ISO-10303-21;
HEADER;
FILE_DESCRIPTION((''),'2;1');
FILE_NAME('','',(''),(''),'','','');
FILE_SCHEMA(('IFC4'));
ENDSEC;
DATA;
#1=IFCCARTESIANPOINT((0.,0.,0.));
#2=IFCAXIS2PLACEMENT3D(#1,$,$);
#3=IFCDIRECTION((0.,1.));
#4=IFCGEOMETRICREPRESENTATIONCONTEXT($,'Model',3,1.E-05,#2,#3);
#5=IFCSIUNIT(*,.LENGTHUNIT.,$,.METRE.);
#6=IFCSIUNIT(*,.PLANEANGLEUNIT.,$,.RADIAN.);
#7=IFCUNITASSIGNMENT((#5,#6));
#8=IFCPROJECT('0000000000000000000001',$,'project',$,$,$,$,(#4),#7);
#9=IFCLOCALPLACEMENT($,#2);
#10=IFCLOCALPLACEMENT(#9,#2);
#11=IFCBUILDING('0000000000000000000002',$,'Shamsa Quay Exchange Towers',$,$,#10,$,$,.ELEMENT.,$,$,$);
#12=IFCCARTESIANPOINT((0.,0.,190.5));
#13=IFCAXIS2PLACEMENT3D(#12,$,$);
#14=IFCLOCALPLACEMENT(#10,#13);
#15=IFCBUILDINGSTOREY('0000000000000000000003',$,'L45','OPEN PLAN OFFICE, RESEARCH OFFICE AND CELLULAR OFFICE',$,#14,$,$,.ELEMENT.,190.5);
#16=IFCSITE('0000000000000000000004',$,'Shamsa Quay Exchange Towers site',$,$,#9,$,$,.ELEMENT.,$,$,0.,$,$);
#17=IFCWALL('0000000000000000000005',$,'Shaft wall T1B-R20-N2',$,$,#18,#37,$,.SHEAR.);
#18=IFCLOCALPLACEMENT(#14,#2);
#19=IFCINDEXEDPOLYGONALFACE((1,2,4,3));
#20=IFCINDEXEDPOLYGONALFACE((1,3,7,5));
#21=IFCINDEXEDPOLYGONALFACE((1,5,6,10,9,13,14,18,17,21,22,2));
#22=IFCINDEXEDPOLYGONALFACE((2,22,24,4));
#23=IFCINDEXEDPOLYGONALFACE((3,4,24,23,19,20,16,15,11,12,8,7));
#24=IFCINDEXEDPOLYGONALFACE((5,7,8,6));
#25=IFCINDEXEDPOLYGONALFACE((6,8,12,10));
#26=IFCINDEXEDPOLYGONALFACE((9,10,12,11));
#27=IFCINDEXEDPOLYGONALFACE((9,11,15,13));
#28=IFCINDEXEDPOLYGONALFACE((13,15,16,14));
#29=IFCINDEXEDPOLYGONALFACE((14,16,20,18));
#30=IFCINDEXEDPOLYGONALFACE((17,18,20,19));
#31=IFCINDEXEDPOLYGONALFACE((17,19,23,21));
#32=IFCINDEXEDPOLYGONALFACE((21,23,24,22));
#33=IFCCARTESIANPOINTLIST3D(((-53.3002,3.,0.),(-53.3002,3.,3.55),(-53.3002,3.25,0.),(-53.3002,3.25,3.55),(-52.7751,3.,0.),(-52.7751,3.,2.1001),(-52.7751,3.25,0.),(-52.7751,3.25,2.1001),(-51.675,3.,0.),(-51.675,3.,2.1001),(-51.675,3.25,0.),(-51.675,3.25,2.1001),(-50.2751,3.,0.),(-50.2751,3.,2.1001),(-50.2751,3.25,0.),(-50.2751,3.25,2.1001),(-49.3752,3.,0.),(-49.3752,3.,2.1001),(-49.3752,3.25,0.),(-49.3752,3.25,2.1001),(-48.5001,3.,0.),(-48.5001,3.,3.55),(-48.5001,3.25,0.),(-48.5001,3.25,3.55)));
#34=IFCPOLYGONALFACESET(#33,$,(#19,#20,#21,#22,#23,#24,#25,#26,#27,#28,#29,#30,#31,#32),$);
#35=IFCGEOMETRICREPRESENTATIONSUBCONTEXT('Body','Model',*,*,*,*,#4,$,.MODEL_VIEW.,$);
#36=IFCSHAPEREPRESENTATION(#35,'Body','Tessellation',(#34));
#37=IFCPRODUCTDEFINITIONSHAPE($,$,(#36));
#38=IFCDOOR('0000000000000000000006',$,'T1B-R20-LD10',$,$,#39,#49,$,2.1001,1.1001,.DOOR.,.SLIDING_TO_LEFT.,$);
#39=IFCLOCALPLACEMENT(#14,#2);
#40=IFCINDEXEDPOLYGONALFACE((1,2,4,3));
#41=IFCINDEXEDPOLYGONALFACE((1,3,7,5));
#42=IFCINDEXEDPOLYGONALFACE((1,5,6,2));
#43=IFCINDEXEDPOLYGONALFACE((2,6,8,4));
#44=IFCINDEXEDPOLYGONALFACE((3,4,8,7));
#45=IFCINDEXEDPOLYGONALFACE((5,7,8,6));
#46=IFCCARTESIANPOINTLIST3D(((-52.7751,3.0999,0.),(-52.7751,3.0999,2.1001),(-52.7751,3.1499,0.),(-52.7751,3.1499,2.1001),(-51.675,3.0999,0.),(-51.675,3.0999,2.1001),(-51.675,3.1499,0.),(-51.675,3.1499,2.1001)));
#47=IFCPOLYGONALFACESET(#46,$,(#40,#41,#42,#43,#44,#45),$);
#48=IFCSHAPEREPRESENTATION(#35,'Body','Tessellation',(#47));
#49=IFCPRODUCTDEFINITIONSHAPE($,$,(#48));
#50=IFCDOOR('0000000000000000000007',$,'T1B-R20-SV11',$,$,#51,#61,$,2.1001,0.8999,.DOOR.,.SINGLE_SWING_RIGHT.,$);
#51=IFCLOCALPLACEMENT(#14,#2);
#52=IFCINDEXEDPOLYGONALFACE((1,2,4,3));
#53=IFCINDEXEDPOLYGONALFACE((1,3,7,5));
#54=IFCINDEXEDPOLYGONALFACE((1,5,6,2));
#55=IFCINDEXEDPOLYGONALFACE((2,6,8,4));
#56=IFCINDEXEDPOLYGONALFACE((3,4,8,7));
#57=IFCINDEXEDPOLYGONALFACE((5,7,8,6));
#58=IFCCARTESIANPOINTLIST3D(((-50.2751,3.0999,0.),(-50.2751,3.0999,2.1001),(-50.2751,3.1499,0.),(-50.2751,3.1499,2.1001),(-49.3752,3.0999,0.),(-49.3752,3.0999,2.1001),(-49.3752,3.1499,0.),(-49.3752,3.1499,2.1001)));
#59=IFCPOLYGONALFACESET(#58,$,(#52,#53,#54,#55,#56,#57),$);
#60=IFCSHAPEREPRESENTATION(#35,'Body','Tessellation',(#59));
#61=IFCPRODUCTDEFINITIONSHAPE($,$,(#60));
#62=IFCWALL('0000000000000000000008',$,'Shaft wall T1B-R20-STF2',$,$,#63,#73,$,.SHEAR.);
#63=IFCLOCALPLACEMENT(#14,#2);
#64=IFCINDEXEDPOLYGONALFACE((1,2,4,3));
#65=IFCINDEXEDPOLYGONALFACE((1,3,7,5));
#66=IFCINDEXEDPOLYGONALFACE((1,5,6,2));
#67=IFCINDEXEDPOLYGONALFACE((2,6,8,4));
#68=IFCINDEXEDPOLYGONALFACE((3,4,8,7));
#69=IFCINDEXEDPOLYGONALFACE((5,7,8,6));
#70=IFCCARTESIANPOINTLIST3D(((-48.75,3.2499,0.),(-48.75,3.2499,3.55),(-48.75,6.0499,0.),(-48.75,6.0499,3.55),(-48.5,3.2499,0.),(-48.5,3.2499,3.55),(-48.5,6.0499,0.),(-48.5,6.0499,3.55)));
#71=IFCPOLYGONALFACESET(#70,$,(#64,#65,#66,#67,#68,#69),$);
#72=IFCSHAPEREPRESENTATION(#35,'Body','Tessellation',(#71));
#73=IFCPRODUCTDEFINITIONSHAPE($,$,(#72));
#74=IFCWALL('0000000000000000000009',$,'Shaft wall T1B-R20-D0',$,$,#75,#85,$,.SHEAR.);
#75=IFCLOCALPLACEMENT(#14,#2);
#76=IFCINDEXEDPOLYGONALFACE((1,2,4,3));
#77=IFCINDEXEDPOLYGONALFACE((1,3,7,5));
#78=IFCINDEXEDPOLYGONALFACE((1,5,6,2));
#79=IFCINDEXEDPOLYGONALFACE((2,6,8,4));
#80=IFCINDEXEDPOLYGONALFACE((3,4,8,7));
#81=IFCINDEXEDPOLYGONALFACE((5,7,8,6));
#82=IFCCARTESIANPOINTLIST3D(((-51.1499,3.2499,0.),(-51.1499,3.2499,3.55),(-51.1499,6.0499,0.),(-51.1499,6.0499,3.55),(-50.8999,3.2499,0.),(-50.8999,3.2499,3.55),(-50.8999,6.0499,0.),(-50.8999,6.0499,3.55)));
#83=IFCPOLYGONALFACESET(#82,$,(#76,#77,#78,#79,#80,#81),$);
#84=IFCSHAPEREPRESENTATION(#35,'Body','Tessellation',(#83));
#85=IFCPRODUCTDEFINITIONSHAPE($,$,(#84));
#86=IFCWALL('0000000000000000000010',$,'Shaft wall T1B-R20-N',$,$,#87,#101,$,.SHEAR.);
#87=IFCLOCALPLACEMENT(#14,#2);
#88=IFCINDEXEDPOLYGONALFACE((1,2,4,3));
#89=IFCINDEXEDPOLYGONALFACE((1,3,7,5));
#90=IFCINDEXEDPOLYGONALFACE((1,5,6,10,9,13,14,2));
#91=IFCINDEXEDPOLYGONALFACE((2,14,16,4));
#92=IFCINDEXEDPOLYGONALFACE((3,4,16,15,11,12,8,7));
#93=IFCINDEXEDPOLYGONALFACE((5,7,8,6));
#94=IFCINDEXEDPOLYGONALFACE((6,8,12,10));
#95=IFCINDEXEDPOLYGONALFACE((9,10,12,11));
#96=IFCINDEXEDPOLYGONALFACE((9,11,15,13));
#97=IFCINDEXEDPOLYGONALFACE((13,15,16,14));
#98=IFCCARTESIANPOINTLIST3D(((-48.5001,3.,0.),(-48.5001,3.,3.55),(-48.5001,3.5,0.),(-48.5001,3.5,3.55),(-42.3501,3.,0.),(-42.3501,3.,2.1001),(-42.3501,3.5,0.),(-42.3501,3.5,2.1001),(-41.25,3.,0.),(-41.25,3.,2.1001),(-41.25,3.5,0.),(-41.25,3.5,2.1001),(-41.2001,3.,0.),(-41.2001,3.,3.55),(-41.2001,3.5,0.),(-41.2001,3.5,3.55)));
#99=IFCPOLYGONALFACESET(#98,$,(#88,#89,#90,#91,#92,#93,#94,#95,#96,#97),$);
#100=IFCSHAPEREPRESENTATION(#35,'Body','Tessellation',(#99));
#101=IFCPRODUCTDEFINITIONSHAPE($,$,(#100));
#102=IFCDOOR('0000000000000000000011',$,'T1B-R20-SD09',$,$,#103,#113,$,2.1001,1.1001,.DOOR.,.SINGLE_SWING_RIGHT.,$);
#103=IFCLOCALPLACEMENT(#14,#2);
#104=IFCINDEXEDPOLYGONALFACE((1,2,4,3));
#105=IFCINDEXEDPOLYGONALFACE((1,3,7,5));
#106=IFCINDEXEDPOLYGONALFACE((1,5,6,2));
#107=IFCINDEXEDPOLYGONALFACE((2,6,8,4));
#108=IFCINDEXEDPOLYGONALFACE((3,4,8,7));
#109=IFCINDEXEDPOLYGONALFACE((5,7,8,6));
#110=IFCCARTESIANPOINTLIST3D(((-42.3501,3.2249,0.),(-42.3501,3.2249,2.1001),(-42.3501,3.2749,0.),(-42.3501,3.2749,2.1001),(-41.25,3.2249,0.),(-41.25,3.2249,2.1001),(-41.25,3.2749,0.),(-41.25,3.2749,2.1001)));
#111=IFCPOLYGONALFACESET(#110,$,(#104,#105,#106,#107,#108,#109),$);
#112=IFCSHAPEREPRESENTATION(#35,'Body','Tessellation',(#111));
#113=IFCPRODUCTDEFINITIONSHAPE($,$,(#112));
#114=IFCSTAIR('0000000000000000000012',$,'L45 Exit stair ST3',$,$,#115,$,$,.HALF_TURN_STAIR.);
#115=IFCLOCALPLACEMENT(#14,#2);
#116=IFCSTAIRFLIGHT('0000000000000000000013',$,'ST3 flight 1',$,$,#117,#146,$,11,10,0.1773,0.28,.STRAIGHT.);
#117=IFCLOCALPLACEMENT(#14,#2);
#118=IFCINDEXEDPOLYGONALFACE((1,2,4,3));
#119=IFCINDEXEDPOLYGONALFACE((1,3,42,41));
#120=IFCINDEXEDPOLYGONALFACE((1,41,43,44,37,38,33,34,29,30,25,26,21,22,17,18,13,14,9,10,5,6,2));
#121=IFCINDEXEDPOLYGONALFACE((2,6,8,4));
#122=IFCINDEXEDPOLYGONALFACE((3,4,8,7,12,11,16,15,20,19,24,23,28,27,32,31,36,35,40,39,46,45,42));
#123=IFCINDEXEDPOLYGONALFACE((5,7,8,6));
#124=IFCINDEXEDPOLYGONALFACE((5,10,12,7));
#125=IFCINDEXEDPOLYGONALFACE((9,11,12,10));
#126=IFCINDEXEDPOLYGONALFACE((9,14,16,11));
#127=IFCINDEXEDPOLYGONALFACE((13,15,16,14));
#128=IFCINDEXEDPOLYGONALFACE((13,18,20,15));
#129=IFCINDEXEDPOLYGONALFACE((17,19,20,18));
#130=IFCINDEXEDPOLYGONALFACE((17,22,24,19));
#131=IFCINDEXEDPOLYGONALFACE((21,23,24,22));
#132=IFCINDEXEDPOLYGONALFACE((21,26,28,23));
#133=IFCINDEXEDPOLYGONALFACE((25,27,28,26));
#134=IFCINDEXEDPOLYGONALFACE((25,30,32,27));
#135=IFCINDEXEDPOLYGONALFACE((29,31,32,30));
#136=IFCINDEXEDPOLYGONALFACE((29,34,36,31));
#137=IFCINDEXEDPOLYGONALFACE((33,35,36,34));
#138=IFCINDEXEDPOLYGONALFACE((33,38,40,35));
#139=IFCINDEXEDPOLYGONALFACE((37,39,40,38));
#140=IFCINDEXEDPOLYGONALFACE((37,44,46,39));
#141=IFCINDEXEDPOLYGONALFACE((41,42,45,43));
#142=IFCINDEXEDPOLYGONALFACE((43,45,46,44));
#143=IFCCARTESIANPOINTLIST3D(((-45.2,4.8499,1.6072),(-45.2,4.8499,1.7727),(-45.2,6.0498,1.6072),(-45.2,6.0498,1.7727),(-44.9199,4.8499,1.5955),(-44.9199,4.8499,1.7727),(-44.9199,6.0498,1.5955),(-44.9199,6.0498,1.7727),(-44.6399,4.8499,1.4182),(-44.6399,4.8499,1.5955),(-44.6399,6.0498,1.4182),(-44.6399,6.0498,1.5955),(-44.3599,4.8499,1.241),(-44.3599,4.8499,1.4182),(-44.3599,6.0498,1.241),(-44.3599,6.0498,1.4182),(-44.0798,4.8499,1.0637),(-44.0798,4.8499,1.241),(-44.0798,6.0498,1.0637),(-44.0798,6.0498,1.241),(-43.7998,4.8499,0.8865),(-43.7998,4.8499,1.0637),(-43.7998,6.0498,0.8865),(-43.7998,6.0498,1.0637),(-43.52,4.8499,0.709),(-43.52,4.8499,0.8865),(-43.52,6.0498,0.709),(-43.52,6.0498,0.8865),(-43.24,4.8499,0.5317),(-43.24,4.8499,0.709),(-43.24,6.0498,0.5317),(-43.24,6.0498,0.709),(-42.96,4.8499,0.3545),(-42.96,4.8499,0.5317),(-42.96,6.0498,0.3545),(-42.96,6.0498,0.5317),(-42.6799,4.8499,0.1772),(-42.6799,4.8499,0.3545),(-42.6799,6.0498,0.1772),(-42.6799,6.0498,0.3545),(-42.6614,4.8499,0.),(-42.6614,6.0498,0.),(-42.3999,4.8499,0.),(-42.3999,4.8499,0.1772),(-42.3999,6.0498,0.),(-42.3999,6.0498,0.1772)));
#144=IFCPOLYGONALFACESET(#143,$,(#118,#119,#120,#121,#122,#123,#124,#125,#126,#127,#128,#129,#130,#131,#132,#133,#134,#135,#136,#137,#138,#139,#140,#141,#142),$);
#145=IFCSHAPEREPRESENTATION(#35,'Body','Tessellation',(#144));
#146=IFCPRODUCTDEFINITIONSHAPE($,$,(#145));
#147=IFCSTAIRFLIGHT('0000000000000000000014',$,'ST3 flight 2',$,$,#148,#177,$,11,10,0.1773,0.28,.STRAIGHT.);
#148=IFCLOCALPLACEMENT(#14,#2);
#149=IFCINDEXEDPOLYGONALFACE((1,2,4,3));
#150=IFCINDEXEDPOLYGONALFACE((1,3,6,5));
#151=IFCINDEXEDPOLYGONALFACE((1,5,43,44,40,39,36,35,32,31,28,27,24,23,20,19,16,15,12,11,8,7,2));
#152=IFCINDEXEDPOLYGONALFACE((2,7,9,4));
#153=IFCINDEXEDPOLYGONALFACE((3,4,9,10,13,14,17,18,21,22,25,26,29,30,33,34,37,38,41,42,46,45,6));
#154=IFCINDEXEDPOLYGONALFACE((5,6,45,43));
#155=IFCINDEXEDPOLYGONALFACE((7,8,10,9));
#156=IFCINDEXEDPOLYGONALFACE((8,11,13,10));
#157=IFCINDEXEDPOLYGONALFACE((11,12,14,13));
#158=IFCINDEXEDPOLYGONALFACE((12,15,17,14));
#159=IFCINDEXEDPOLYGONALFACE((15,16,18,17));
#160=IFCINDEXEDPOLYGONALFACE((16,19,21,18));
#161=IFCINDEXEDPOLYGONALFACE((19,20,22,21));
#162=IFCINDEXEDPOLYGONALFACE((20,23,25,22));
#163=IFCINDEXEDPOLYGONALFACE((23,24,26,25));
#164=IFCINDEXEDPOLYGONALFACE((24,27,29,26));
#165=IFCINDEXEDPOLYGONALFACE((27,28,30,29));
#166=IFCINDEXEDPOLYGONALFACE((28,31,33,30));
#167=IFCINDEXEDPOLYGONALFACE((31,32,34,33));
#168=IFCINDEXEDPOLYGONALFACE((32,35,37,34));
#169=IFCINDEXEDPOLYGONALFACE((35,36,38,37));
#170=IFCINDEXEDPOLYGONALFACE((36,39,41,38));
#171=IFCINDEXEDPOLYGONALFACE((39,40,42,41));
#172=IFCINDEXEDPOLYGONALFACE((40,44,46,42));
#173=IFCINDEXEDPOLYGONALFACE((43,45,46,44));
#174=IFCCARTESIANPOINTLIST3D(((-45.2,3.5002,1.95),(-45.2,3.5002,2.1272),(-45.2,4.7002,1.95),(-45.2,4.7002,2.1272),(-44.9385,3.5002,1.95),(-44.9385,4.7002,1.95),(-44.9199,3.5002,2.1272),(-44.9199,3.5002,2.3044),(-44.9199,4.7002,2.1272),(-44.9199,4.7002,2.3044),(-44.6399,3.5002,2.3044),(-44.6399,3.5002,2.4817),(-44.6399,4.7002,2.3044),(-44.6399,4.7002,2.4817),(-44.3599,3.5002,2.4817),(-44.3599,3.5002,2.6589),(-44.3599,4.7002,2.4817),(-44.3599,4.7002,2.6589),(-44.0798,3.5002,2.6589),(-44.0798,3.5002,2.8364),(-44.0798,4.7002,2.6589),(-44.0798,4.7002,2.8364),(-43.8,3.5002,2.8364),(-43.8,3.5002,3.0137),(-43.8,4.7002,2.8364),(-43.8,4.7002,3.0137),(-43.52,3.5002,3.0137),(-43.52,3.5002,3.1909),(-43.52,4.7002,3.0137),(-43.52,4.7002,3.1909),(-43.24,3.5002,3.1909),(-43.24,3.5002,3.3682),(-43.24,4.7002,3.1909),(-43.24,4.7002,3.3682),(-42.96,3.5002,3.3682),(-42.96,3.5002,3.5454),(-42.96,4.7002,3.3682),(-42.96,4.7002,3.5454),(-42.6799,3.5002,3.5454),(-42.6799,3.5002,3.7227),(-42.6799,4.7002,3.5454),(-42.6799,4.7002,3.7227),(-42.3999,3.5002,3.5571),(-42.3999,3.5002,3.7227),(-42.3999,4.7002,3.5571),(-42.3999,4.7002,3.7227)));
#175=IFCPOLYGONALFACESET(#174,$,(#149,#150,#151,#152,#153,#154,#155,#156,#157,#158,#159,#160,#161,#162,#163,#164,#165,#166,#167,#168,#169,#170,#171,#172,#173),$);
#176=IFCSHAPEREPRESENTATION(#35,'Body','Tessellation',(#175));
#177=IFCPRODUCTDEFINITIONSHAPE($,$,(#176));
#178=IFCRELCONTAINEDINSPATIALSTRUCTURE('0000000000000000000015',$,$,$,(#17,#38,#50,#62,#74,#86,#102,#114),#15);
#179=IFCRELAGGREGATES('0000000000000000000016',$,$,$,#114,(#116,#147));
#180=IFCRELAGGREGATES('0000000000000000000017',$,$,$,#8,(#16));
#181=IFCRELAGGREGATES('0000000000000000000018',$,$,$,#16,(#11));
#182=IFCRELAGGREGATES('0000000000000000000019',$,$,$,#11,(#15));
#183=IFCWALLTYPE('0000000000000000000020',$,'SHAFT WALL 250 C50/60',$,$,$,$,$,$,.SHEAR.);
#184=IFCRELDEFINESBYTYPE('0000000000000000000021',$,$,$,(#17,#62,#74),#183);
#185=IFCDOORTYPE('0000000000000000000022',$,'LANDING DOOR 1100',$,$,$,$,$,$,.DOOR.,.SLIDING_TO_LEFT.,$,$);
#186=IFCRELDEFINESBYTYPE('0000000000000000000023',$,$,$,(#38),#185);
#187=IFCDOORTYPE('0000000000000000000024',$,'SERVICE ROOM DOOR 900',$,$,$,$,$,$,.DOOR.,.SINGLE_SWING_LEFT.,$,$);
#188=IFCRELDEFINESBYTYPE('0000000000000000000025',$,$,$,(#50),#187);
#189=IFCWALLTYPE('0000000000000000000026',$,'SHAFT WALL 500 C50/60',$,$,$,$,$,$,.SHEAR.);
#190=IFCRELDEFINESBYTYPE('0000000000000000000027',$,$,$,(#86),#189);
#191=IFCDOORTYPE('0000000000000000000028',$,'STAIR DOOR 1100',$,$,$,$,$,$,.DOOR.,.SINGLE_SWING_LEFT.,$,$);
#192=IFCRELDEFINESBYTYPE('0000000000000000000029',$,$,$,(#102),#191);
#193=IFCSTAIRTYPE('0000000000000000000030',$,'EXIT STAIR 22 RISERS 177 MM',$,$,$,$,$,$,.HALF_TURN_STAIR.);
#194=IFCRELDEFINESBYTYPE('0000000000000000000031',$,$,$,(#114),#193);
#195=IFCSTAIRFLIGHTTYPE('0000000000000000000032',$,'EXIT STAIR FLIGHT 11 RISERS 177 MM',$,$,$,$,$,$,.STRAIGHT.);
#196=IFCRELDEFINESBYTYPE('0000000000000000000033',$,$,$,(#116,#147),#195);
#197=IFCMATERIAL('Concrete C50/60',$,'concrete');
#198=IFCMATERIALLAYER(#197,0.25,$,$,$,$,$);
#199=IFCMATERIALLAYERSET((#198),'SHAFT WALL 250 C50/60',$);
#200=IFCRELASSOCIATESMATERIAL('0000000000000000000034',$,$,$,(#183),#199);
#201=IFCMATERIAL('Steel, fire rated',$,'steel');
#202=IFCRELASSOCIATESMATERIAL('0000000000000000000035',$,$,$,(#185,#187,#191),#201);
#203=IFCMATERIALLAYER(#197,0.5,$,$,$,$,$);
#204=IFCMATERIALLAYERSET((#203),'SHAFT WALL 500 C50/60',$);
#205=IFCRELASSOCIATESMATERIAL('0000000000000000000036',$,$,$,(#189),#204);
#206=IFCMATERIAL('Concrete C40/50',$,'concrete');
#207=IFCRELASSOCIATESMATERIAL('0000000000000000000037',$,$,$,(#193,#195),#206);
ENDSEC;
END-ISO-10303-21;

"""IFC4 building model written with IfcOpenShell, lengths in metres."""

from ifc_helpers import new_model, si_unit, direction, frame, frame_2d, origin, place, context, subcontext, project, spatial, polyline, rectangle, outline, extrude, material, layer, layer_set, type_object, element, fill, aggregate, save


model = new_model("IFC4")

# Units and contexts
model_context = context("Model", 3, precision=1e-05, world=origin(), true_north=direction((0.0, 1.0)))
body_context = subcontext(model_context, "Body", "Model", "MODEL_VIEW")
ifc_project = project(units=[si_unit("LENGTHUNIT", "METRE"), si_unit("PLANEANGLEUNIT", "RADIAN")], contexts=[model_context])

# Site, building, storey
site_placement = place(None, origin())
site = spatial("IfcSite", under=ifc_project, at=site_placement, Name="Shamsa Quay Exchange Towers site", CompositionType="ELEMENT", RefElevation=0.0)
building_placement = place(site_placement, origin())
building = spatial("IfcBuilding", under=site, at=building_placement, Name="Shamsa Quay Exchange Towers", CompositionType="ELEMENT")
storey_placement = place(building_placement, frame((0.0, 0.0, 190.5)))
storey = spatial("IfcBuildingStorey", under=building, at=storey_placement, Name="L45", Description="OPEN PLAN OFFICE, RESEARCH OFFICE AND CELLULAR OFFICE", CompositionType="ELEMENT", Elevation=190.5)

# Wall, openings, doors
ifc_material_1 = material(Name="Concrete C50/60", Category="concrete")
ifc_layer_1 = layer(ifc_material_1, 0.25)
ifc_layer_set_1 = layer_set([ifc_layer_1], Name="SHAFT WALL 250 C50/60")
wall_type_1 = type_object("IfcWallType", Name="SHAFT WALL 250 C50/60", PredefinedType="SHEAR", material=ifc_layer_set_1)
wall_1_placement = place(storey_placement, frame((-53.3, 3.125, 0.0)))
wall_1 = element("IfcWall", 1, at=wall_1_placement, inside=storey, type_object=wall_type_1, Name="Shaft wall T1B-R20-N2", PredefinedType="SHEAR", context=body_context, shape_type="SweptSolid", body=[
    extrude(rectangle(XDim=4.8, YDim=0.25, at=frame_2d((2.3999, 0.0))), origin(), (0.0, 0.0, 1.0), 3.55),
])
opening_1_placement = place(wall_1_placement, frame((0.5249, 0.0, 0.0)))
opening_1 = element("IfcOpeningElement", 2, at=opening_1_placement, cuts=wall_1, PredefinedType="OPENING", context=body_context, shape_type="SweptSolid", body=[
    extrude(rectangle(XDim=1.1001, YDim=2.1001, at=frame_2d((0.55, 1.05))), frame((0.0, 0.135, 0.0), z_axis=(0.0, -1.0, 0.0), x_axis=(1.0, 0.0, 0.0)), (0.0, 0.0, 1.0), 0.27),
])
opening_2_placement = place(wall_1_placement, frame((3.0249, 0.0, 0.0)))
opening_2 = element("IfcOpeningElement", 3, at=opening_2_placement, cuts=wall_1, PredefinedType="OPENING", context=body_context, shape_type="SweptSolid", body=[
    extrude(rectangle(XDim=0.8999, YDim=2.1001, at=frame_2d((0.45, 1.05))), frame((0.0, 0.135, 0.0), z_axis=(0.0, -1.0, 0.0), x_axis=(1.0, 0.0, 0.0)), (0.0, 0.0, 1.0), 0.27),
])
ifc_material_2 = material(Name="Steel, fire rated", Category="steel")
door_type_1 = type_object("IfcDoorType", Name="LANDING DOOR 1100", OperationType="SLIDING_TO_LEFT", PredefinedType="DOOR", material=ifc_material_2)
door_1_placement = place(opening_1_placement, origin())
door_1 = element("IfcDoor", 4, at=door_1_placement, inside=storey, type_object=door_type_1, Name="T1B-R20-LD10", OperationType="SLIDING_TO_LEFT", OverallHeight=2.1001, OverallWidth=1.1001, PredefinedType="DOOR", context=body_context, shape_type="SweptSolid", body=[
    extrude(rectangle(XDim=1.1001, YDim=2.1001, at=frame_2d((0.55, 1.05))), frame((0.0, 0.0249, 0.0), z_axis=(0.0, -1.0, 0.0), x_axis=(1.0, 0.0, 0.0)), (0.0, 0.0, 1.0), 0.05),
])
fill(opening_1, door_1)
door_type_2 = type_object("IfcDoorType", Name="SERVICE ROOM DOOR 900", OperationType="SINGLE_SWING_LEFT", PredefinedType="DOOR", material=ifc_material_2)
door_2_placement = place(opening_2_placement, origin())
door_2 = element("IfcDoor", 5, at=door_2_placement, inside=storey, type_object=door_type_2, Name="T1B-R20-SV11", OperationType="SINGLE_SWING_RIGHT", OverallHeight=2.1001, OverallWidth=0.8999, PredefinedType="DOOR", context=body_context, shape_type="SweptSolid", body=[
    extrude(rectangle(XDim=0.8999, YDim=2.1001, at=frame_2d((0.45, 1.05))), frame((0.0, 0.0249, 0.0), z_axis=(0.0, -1.0, 0.0), x_axis=(1.0, 0.0, 0.0)), (0.0, 0.0, 1.0), 0.05),
])
fill(opening_2, door_2)

# Walls
for number, where, z_axis, x_axis, name in (
    (6, (-48.625, 3.25, 0.0), (0.0, 0.0, 1.0), (0.0, 1.0, 0.0), "Shaft wall T1B-R20-STF2"),
    (7, (-51.0249, 3.25, 0.0), (0.0, 0.0, 1.0), (0.0, 1.0, 0.0), "Shaft wall T1B-R20-D0"),
):
    element("IfcWall", number, at=place(storey_placement, frame(where, z_axis=z_axis, x_axis=x_axis)), inside=storey, type_object=wall_type_1, Name=name, PredefinedType="SHEAR", context=body_context, shape_type="SweptSolid", body=[
        extrude(rectangle(XDim=2.8, YDim=0.25, at=frame_2d((1.3999, 0.0))), origin(), (0.0, 0.0, 1.0), 3.55),
    ])

# Wall, opening, door
ifc_layer_2 = layer(ifc_material_1, 0.5)
ifc_layer_set_2 = layer_set([ifc_layer_2], Name="SHAFT WALL 500 C50/60")
wall_type_2 = type_object("IfcWallType", Name="SHAFT WALL 500 C50/60", PredefinedType="SHEAR", material=ifc_layer_set_2)
wall_2_placement = place(storey_placement, frame((-48.5, 3.25, 0.0)))
wall_2 = element("IfcWall", 8, at=wall_2_placement, inside=storey, type_object=wall_type_2, Name="Shaft wall T1B-R20-N", PredefinedType="SHEAR", context=body_context, shape_type="SweptSolid", body=[
    extrude(rectangle(XDim=7.3, YDim=0.5, at=frame_2d((3.6499, 0.0))), origin(), (0.0, 0.0, 1.0), 3.55),
])
opening_3_placement = place(wall_2_placement, frame((6.1499, 0.0, 0.0)))
opening_3 = element("IfcOpeningElement", 9, at=opening_3_placement, cuts=wall_2, PredefinedType="OPENING", context=body_context, shape_type="SweptSolid", body=[
    extrude(rectangle(XDim=1.1001, YDim=2.1001, at=frame_2d((0.55, 1.05))), frame((0.0, 0.26, 0.0), z_axis=(0.0, -1.0, 0.0), x_axis=(1.0, 0.0, 0.0)), (0.0, 0.0, 1.0), 0.52),
])
door_type_3 = type_object("IfcDoorType", Name="STAIR DOOR 1100", OperationType="SINGLE_SWING_LEFT", PredefinedType="DOOR", material=ifc_material_2)
door_3_placement = place(opening_3_placement, origin())
door_3 = element("IfcDoor", 10, at=door_3_placement, inside=storey, type_object=door_type_3, Name="T1B-R20-SD09", OperationType="SINGLE_SWING_RIGHT", OverallHeight=2.1001, OverallWidth=1.1001, PredefinedType="DOOR", context=body_context, shape_type="SweptSolid", body=[
    extrude(rectangle(XDim=1.1001, YDim=2.1001, at=frame_2d((0.55, 1.05))), frame((0.0, 0.0249, 0.0), z_axis=(0.0, -1.0, 0.0), x_axis=(1.0, 0.0, 0.0)), (0.0, 0.0, 1.0), 0.05),
])
fill(opening_3, door_3)

# Stair, stair flights
ifc_material_3 = material(Name="Concrete C40/50", Category="concrete")
stair_type = type_object("IfcStairType", Name="EXIT STAIR 22 RISERS 177 MM", PredefinedType="HALF_TURN_STAIR", material=ifc_material_3)
stair_placement = place(storey_placement, origin())
stair = element("IfcStair", 11, at=stair_placement, inside=storey, type_object=stair_type, Name="L45 Exit stair ST3", PredefinedType="HALF_TURN_STAIR")
stair_flight_type = type_object("IfcStairFlightType", Name="EXIT STAIR FLIGHT 11 RISERS 177 MM", PredefinedType="STRAIGHT", material=ifc_material_3)
stair_flight_1_placement = place(storey_placement, frame((-42.3999, 5.45, 0.0), z_axis=(0.0, 0.0, 1.0), x_axis=(-1.0, 0.0, 0.0)))
stair_flight_1 = element("IfcStairFlight", 12, at=stair_flight_1_placement, type_object=stair_flight_type, Name="ST3 flight 1", NumberOfRisers=11, NumberOfTreads=10, PredefinedType="STRAIGHT", RiserHeight=0.1773, TreadLength=0.28, context=body_context, shape_type="SweptSolid", body=[
    extrude(outline(polyline([(0.0, 0.0), (0.0, 0.1772), (0.28, 0.1772), (0.28, 0.3545), (0.5601, 0.3545), (0.5601, 0.5317), (0.8401, 0.5317), (0.8401, 0.709), (1.1201, 0.709), (1.1201, 0.8865), (1.3999, 0.8865), (1.3999, 1.0637), (1.6799, 1.0637), (1.6799, 1.241), (1.96, 1.241), (1.96, 1.4182), (2.24, 1.4182), (2.24, 1.5955), (2.52, 1.5955), (2.52, 1.7727), (2.8, 1.7727), (2.8, 1.95), (2.8, 1.6072), (0.2615, 0.0), (0.0, 0.0)])), frame((0.0, 0.6001, 0.0), z_axis=(0.0, -1.0, 0.0), x_axis=(1.0, 0.0, 0.0)), (0.0, 0.0, 1.0), 1.2),
])
stair_flight_2_placement = place(storey_placement, frame((-45.2, 4.1001, 1.95)))
stair_flight_2 = element("IfcStairFlight", 13, at=stair_flight_2_placement, type_object=stair_flight_type, Name="ST3 flight 2", NumberOfRisers=11, NumberOfTreads=10, PredefinedType="STRAIGHT", RiserHeight=0.1773, TreadLength=0.28, context=body_context, shape_type="SweptSolid", body=[
    extrude(outline(polyline([(0.0, 0.0), (0.0, 0.1772), (0.28, 0.1772), (0.28, 0.3545), (0.5601, 0.3545), (0.5601, 0.5317), (0.8401, 0.5317), (0.8401, 0.709), (1.1201, 0.709), (1.1201, 0.8865), (1.3999, 0.8865), (1.3999, 1.0637), (1.6799, 1.0637), (1.6799, 1.241), (1.96, 1.241), (1.96, 1.4182), (2.24, 1.4182), (2.24, 1.5955), (2.52, 1.5955), (2.52, 1.7727), (2.8, 1.7727), (2.8, 1.95), (2.8, 1.6072), (0.2615, 0.0), (0.0, 0.0)])), frame((0.0, 0.6001, 0.0), z_axis=(0.0, -1.0, 0.0), x_axis=(1.0, 0.0, 0.0)), (0.0, 0.0, 1.0), 1.2),
])
aggregate(stair, [stair_flight_1, stair_flight_2])

save(model, "model.ifc")
